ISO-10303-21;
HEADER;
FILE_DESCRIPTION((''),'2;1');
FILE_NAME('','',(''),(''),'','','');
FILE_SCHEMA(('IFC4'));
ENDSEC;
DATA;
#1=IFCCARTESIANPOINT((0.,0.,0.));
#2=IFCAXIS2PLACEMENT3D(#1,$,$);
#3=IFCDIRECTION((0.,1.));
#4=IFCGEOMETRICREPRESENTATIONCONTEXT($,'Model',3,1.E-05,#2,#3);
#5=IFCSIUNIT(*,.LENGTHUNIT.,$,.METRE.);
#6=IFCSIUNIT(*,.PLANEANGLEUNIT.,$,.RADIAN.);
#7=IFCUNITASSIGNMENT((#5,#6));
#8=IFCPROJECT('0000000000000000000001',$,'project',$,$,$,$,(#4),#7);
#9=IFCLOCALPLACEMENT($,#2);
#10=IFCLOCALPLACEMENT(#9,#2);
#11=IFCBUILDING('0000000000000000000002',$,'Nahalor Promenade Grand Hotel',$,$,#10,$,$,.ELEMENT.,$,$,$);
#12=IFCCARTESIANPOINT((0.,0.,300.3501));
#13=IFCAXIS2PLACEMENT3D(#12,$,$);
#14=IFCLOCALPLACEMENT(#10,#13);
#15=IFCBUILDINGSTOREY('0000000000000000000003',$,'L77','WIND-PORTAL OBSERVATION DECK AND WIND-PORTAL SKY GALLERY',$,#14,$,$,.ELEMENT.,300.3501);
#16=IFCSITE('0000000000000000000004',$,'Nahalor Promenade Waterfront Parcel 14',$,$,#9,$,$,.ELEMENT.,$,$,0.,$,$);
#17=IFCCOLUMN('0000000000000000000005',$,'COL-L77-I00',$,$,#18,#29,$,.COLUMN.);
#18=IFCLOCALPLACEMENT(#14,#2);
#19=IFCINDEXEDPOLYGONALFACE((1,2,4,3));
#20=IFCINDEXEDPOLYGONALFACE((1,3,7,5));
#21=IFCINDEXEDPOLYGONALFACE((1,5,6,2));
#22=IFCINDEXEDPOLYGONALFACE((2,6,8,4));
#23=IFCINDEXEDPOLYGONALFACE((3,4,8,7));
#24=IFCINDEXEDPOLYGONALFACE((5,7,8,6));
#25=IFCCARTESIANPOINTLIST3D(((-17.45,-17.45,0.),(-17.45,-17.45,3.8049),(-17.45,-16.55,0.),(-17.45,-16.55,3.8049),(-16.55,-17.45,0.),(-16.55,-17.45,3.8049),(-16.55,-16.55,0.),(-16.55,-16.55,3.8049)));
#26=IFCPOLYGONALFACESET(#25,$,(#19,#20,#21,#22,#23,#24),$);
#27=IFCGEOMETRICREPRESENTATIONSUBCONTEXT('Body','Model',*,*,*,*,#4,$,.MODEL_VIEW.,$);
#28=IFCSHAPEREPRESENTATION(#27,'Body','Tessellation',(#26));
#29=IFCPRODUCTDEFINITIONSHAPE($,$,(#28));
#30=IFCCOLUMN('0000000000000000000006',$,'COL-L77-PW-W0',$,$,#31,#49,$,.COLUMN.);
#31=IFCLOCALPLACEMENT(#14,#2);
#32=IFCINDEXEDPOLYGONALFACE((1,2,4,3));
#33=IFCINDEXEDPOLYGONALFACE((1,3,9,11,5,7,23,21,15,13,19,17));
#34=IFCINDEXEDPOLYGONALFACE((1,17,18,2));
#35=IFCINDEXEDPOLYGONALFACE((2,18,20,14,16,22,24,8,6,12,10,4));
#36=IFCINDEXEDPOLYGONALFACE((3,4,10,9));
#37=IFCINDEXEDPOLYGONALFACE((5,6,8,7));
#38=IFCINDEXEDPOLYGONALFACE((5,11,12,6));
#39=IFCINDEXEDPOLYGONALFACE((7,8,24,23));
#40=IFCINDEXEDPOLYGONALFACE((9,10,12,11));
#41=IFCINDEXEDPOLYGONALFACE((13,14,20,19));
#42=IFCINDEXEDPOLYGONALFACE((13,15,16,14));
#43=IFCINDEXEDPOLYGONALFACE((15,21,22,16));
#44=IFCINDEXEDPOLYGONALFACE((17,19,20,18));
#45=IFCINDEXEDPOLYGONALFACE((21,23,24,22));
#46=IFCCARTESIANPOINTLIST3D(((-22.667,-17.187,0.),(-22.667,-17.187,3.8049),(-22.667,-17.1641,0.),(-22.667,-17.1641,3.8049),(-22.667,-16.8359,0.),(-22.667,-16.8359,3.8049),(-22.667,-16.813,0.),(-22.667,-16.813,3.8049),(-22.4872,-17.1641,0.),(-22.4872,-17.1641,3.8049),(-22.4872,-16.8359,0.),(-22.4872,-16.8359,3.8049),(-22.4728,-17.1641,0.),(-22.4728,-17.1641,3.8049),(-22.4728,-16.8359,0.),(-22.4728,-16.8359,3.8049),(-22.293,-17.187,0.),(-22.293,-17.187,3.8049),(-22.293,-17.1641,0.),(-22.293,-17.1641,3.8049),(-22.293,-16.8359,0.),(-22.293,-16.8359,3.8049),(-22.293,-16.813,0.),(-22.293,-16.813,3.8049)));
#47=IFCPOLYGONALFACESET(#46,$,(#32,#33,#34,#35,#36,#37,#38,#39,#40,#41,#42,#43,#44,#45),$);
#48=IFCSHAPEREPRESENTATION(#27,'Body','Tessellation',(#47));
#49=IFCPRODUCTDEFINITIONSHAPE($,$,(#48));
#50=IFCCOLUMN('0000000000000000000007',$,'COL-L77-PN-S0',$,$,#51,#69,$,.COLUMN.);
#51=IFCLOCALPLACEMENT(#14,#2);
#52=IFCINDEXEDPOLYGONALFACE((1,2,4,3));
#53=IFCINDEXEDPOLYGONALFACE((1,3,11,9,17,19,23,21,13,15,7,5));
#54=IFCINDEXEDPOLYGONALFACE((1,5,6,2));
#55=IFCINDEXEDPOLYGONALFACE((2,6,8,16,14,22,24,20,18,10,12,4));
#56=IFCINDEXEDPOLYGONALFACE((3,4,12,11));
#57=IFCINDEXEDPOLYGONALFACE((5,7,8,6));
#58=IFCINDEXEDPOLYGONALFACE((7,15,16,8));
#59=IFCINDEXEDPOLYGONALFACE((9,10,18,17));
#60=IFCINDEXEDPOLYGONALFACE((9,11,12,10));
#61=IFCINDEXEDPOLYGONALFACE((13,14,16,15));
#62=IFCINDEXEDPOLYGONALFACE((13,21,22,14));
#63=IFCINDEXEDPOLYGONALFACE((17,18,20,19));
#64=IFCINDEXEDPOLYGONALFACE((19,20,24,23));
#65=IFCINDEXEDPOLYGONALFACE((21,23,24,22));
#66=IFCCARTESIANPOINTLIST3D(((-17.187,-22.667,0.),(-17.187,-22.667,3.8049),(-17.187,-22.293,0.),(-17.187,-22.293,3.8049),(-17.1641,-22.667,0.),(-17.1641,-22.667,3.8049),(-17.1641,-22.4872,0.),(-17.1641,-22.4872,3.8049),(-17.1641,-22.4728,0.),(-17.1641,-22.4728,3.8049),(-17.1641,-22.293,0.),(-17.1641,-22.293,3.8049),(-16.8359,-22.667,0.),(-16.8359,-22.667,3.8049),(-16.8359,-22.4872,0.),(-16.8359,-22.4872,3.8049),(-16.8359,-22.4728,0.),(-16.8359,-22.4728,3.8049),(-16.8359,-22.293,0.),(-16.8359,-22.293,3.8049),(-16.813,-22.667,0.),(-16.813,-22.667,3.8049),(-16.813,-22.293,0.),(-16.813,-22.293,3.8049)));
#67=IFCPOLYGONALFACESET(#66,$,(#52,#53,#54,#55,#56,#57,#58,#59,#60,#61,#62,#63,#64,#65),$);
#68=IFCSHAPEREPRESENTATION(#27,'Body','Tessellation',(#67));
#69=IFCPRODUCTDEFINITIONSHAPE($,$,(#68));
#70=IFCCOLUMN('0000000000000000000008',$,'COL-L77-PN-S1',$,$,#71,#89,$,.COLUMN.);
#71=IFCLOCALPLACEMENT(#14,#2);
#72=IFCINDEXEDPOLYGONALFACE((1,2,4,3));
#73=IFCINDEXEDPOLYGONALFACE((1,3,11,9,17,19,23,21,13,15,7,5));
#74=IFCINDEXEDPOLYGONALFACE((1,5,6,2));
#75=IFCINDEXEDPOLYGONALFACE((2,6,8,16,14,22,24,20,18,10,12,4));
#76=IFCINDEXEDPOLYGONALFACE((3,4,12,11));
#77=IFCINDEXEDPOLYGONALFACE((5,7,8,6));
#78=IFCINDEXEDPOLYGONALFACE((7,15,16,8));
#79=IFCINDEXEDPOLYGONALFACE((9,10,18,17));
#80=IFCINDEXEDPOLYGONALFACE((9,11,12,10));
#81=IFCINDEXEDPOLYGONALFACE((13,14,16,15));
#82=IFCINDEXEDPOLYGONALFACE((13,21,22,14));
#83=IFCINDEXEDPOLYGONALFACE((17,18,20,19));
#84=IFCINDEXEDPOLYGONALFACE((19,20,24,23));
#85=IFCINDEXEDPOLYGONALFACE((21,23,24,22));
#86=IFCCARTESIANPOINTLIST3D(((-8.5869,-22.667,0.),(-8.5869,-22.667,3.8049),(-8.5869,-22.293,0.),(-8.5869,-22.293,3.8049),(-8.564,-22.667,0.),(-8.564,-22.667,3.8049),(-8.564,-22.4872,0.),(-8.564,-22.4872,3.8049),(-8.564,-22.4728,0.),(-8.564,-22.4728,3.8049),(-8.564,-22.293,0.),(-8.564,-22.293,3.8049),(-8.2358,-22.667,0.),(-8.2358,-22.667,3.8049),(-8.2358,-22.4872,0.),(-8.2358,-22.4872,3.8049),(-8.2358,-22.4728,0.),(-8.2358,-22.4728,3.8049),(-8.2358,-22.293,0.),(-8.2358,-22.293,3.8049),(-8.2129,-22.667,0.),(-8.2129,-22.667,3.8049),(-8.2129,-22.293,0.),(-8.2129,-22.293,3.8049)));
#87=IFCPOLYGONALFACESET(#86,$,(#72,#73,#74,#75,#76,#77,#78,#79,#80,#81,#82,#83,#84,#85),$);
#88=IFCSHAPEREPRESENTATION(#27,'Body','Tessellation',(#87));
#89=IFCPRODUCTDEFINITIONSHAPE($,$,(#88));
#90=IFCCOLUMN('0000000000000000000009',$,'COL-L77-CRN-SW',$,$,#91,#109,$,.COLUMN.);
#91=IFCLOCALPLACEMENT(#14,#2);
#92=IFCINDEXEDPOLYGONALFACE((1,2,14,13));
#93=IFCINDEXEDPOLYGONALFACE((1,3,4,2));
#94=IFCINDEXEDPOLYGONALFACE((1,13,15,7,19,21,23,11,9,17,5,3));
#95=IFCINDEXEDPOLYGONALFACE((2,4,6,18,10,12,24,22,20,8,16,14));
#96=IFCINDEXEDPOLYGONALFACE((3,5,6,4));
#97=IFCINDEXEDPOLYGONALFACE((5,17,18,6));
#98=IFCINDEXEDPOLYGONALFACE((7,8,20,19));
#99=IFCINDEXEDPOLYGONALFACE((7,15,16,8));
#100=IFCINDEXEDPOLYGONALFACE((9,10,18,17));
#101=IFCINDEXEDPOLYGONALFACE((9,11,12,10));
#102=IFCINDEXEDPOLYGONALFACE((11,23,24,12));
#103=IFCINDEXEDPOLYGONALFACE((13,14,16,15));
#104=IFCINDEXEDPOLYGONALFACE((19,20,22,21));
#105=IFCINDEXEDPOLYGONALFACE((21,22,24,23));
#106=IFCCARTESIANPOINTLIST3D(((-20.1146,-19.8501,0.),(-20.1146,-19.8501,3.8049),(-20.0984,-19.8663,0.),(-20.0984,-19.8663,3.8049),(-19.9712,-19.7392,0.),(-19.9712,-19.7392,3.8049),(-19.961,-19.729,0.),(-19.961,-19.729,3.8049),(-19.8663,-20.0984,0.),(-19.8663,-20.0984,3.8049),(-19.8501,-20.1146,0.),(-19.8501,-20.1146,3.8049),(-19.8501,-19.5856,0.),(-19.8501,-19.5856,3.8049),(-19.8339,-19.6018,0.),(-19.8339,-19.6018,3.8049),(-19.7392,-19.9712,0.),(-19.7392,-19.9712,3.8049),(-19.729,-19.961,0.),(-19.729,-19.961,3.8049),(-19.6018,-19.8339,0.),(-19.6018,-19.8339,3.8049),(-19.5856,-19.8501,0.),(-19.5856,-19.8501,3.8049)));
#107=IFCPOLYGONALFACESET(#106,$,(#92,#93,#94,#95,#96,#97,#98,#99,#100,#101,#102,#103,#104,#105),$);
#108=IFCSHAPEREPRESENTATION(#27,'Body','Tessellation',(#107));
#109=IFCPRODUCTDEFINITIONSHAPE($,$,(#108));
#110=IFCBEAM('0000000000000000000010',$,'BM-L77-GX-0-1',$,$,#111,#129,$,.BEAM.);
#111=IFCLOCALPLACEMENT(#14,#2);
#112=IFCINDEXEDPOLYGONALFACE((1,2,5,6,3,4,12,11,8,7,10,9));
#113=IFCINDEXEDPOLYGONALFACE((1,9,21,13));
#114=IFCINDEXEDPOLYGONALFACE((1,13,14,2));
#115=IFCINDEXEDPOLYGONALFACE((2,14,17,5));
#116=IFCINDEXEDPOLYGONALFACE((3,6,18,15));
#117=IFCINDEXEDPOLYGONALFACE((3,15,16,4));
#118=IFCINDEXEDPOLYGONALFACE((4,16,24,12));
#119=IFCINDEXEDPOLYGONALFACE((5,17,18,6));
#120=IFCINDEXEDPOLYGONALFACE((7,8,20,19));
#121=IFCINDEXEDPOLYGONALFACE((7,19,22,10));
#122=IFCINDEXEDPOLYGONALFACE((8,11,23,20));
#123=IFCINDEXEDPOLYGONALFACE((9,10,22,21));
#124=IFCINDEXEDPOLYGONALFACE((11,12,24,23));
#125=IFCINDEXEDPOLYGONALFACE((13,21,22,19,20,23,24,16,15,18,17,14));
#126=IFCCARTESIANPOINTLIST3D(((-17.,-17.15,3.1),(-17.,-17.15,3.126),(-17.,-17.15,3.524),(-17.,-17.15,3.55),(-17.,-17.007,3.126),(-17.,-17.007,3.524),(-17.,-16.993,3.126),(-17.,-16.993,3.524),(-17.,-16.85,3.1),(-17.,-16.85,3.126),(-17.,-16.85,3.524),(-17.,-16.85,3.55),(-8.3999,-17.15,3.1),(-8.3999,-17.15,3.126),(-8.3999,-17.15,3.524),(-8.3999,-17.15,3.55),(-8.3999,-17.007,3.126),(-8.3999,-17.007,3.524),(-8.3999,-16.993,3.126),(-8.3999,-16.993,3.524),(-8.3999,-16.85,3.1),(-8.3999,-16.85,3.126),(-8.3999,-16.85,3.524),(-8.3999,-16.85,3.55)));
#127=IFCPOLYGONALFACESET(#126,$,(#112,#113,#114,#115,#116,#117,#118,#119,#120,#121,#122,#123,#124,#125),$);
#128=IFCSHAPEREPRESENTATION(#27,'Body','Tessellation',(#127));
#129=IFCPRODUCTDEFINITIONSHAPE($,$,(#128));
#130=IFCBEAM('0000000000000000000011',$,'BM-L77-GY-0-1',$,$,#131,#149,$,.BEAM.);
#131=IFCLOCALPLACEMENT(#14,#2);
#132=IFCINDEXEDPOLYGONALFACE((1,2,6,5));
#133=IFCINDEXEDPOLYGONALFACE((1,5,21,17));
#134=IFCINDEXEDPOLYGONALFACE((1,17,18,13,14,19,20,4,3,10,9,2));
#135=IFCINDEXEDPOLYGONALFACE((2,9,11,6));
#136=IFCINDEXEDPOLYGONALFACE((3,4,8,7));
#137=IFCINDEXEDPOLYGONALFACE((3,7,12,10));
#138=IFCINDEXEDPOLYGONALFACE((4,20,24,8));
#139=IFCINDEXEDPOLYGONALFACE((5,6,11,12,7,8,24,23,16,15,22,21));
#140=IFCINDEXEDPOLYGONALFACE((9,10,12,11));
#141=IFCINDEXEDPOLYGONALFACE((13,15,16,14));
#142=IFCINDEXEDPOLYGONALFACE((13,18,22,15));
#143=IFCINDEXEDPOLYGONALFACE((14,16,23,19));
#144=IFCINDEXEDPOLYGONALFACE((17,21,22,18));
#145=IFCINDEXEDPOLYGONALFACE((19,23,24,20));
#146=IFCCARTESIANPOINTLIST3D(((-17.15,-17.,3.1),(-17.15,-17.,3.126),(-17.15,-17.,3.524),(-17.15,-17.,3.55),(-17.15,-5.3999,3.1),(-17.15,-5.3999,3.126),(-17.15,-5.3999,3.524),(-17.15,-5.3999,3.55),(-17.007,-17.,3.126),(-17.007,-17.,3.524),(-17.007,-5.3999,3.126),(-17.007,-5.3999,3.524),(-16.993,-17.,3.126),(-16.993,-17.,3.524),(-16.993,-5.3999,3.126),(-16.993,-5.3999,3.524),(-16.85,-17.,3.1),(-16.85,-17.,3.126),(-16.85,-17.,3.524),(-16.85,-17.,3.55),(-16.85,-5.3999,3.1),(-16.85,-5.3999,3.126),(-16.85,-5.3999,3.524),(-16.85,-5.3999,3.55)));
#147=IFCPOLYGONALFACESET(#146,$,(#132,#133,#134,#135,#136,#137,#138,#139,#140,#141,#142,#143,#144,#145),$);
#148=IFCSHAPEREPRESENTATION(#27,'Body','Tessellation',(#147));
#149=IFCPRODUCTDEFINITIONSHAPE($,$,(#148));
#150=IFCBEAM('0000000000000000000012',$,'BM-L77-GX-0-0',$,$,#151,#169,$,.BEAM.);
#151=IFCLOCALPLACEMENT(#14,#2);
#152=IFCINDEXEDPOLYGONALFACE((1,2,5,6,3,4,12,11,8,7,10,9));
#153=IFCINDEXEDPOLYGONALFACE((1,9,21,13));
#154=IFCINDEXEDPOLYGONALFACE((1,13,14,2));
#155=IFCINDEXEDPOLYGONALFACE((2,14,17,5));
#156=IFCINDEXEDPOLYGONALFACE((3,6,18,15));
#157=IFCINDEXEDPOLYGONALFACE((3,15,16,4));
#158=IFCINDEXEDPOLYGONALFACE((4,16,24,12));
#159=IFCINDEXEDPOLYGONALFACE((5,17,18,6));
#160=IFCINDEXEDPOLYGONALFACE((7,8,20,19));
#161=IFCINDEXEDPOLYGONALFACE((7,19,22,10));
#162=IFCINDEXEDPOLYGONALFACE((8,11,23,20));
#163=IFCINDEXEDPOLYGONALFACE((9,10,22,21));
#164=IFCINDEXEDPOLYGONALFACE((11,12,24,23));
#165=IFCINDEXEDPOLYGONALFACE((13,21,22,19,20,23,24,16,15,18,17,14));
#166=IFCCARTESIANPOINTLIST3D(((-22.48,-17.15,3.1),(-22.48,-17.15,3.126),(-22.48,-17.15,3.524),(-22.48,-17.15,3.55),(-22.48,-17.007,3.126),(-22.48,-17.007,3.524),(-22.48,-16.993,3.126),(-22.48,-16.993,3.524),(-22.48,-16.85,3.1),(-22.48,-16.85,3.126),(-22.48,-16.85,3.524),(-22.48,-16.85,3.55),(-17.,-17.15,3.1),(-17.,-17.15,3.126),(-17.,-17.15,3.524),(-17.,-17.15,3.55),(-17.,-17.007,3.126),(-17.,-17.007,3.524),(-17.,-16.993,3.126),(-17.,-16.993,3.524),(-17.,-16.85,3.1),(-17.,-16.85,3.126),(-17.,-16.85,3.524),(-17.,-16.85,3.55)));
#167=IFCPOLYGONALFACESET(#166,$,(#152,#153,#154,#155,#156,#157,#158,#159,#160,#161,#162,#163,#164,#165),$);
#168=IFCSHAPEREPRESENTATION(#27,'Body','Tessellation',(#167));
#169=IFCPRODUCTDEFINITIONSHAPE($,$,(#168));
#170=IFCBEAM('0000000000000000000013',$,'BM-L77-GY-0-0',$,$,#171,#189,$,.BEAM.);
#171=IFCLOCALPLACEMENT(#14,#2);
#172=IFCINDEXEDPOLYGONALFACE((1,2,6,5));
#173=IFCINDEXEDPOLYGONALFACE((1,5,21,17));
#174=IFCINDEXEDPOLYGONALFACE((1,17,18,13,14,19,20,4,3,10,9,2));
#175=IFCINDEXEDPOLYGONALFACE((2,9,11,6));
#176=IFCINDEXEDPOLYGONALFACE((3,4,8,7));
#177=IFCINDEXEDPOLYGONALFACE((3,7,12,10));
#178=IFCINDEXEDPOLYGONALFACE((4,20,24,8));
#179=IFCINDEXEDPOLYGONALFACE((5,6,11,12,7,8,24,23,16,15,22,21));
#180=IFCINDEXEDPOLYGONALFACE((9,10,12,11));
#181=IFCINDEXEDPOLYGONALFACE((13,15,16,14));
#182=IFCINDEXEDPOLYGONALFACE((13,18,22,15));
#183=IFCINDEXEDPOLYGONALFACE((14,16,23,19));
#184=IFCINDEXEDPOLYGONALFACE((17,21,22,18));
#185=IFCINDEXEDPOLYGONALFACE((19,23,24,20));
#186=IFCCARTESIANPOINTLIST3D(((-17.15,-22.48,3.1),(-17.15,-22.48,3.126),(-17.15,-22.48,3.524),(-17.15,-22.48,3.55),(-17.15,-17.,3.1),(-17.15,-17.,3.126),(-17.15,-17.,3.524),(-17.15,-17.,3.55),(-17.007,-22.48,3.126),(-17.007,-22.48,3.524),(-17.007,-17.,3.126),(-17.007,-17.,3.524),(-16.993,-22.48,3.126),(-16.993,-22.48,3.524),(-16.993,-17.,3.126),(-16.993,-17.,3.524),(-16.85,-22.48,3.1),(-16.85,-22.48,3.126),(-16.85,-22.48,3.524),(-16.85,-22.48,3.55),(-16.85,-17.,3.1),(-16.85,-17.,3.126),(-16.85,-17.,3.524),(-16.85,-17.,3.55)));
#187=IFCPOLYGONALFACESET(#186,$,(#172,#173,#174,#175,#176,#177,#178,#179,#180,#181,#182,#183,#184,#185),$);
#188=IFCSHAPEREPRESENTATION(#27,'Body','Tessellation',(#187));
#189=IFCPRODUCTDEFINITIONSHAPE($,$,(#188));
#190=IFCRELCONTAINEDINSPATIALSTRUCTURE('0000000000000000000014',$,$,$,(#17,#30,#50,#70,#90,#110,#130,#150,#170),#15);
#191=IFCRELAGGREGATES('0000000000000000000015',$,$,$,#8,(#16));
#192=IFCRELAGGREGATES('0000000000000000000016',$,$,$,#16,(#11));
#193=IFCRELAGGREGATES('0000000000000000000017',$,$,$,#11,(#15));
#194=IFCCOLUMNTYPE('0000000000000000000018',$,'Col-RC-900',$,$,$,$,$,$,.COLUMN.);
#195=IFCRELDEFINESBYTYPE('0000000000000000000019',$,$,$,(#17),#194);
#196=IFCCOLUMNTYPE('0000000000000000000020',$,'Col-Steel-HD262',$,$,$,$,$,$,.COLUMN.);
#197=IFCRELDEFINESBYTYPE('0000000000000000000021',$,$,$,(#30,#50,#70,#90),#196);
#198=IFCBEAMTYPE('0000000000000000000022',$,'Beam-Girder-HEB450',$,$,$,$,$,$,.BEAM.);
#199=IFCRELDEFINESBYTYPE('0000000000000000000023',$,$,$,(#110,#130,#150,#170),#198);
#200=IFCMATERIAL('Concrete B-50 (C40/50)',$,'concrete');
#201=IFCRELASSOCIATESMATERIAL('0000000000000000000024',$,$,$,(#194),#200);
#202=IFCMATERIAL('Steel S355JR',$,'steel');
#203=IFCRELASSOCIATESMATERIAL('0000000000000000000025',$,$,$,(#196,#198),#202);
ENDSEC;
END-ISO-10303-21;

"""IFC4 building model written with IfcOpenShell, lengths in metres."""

from ifc_helpers import new_model, si_unit, direction, frame, origin, origin_2d, place, context, subcontext, project, spatial, rectangle, i_section, extrude, source, transform, mapped, material, material_profile, profile_set, type_object, element, save


model = new_model("IFC4")

# Units and contexts
model_context = context("Model", 3, precision=1e-05, world=origin(), true_north=direction((0.0, 1.0)))
body_context = subcontext(model_context, "Body", "Model", "MODEL_VIEW")
ifc_project = project(units=[si_unit("LENGTHUNIT", "METRE"), si_unit("PLANEANGLEUNIT", "RADIAN")], contexts=[model_context])

# Site, building, storey
site_placement = place(None, origin())
site = spatial("IfcSite", under=ifc_project, at=site_placement, Name="Nahalor Promenade Waterfront Parcel 14", CompositionType="ELEMENT", RefElevation=0.0)
building_placement = place(site_placement, origin())
building = spatial("IfcBuilding", under=site, at=building_placement, Name="Nahalor Promenade Grand Hotel", CompositionType="ELEMENT")
storey_placement = place(building_placement, frame((0.0, 0.0, 300.3501)))
storey = spatial("IfcBuildingStorey", under=building, at=storey_placement, Name="L77", Description="WIND-PORTAL OBSERVATION DECK AND WIND-PORTAL SKY GALLERY", CompositionType="ELEMENT", Elevation=300.3501)

# Columns
ifc_material_1 = material(Name="Concrete B-50 (C40/50)", Category="concrete")
ifc_material_profile_1 = material_profile(ifc_material_1, rectangle(XDim=0.9, YDim=0.9, at=origin_2d()), Name="RC 900x900")
ifc_profile_set_1 = profile_set([ifc_material_profile_1], Name="Concrete B-50 (C40/50)")
column_type_1 = type_object("IfcColumnType", Name="Col-RC-900", PredefinedType="COLUMN", material=ifc_profile_set_1)
shared_shape_1 = source(origin(), body_context, "Body", "SweptSolid", [
    extrude(rectangle(XDim=0.9, YDim=0.9, at=origin_2d()), origin(), (0.0, 0.0, 1.0), 3.8049),
])
column_placement = place(storey_placement, frame((-17.0, -17.0, 0.0), z_axis=(0.0, 0.0, 1.0), x_axis=(1.0, 0.0, 0.0)))
element("IfcColumn", 1, at=column_placement, inside=storey, type_object=column_type_1, Name="COL-L77-I00", PredefinedType="COLUMN", context=body_context, shape_type="MappedRepresentation", body=[
    mapped(shared_shape_1, transform((0.0, 0.0, 0.0), scale=1.0)),
])
ifc_material_2 = material(Name="Steel S355JR", Category="steel")
ifc_material_profile_2 = material_profile(ifc_material_2, i_section(OverallWidth=0.374, OverallDepth=0.374, WebThickness=0.0144, FlangeThickness=0.0229, at=origin_2d()), Name="HD 360x262")
ifc_profile_set_2 = profile_set([ifc_material_profile_2], Name="Steel S355JR")
column_type_2 = type_object("IfcColumnType", Name="Col-Steel-HD262", PredefinedType="COLUMN", material=ifc_profile_set_2)
shared_shape_2 = source(origin(), body_context, "Body", "SweptSolid", [
    extrude(i_section(OverallWidth=0.374, OverallDepth=0.374, WebThickness=0.0144, FlangeThickness=0.0229, at=origin_2d()), origin(), (0.0, 0.0, 1.0), 3.8049),
])
for number, where, z_axis, x_axis, name in (
    (2, (-22.48, -17.0, 0.0), (0.0, 0.0, 1.0), (1.0, 0.0, 0.0), "COL-L77-PW-W0"),
    (3, (-17.0, -22.48, 0.0), (0.0, 0.0, 1.0), (0.0, 1.0, 0.0), "COL-L77-PN-S0"),
    (4, (-8.3999, -22.48, 0.0), (0.0, 0.0, 1.0), (0.0, 1.0, 0.0), "COL-L77-PN-S1"),
    (5, (-19.8501, -19.8501, 0.0), (0.0, 0.0, 1.0), (0.707107, 0.707107, 0.0), "COL-L77-CRN-SW"),
):
    element("IfcColumn", number, at=place(storey_placement, frame(where, z_axis=z_axis, x_axis=x_axis)), inside=storey, type_object=column_type_2, Name=name, PredefinedType="COLUMN", context=body_context, shape_type="MappedRepresentation", body=[
        mapped(shared_shape_2, transform((0.0, 0.0, 0.0), scale=1.0)),
    ])

# Beams
ifc_material_profile_3 = material_profile(ifc_material_2, i_section(OverallWidth=0.3, OverallDepth=0.45, WebThickness=0.014, FlangeThickness=0.026, at=origin_2d()), Name="HEB 450")
ifc_profile_set_3 = profile_set([ifc_material_profile_3], Name="Steel S355JR")
beam_type_1 = type_object("IfcBeamType", Name="Beam-Girder-HEB450", PredefinedType="BEAM", material=ifc_profile_set_3)
shared_shape_3 = source(origin(), body_context, "Body", "SweptSolid", [
    extrude(i_section(OverallWidth=0.3, OverallDepth=0.45, WebThickness=0.014, FlangeThickness=0.026, at=origin_2d()), origin(), (0.0, 0.0, 1.0), 8.6001),
])
beam_1_placement = place(storey_placement, frame((-17.0, -17.0, 3.325), z_axis=(1.0, 0.0, 0.0), x_axis=(0.0, 1.0, 0.0)))
element("IfcBeam", 6, at=beam_1_placement, inside=storey, type_object=beam_type_1, Name="BM-L77-GX-0-1", PredefinedType="BEAM", context=body_context, shape_type="MappedRepresentation", body=[
    mapped(shared_shape_3, transform((0.0, 0.0, 0.0), scale=1.0)),
])
shared_shape_4 = source(origin(), body_context, "Body", "SweptSolid", [
    extrude(i_section(OverallWidth=0.3, OverallDepth=0.45, WebThickness=0.014, FlangeThickness=0.026, at=origin_2d()), origin(), (0.0, 0.0, 1.0), 11.6001),
])
beam_2_placement = place(storey_placement, frame((-17.0, -17.0, 3.325), z_axis=(0.0, 1.0, 0.0), x_axis=(-1.0, 0.0, 0.0)))
element("IfcBeam", 7, at=beam_2_placement, inside=storey, type_object=beam_type_1, Name="BM-L77-GY-0-1", PredefinedType="BEAM", context=body_context, shape_type="MappedRepresentation", body=[
    mapped(shared_shape_4, transform((0.0, 0.0, 0.0), scale=1.0)),
])
shared_shape_5 = source(origin(), body_context, "Body", "SweptSolid", [
    extrude(i_section(OverallWidth=0.3, OverallDepth=0.45, WebThickness=0.014, FlangeThickness=0.026, at=origin_2d()), origin(), (0.0, 0.0, 1.0), 5.48),
])
for number, where, z_axis, x_axis, name in (
    (8, (-22.48, -17.0, 3.325), (1.0, 0.0, 0.0), (0.0, 1.0, 0.0), "BM-L77-GX-0-0"),
    (9, (-17.0, -22.48, 3.325), (0.0, 1.0, 0.0), (-1.0, 0.0, 0.0), "BM-L77-GY-0-0"),
):
    element("IfcBeam", number, at=place(storey_placement, frame(where, z_axis=z_axis, x_axis=x_axis)), inside=storey, type_object=beam_type_1, Name=name, PredefinedType="BEAM", context=body_context, shape_type="MappedRepresentation", body=[
        mapped(shared_shape_5, transform((0.0, 0.0, 0.0), scale=1.0)),
    ])

save(model, "model.ifc")
